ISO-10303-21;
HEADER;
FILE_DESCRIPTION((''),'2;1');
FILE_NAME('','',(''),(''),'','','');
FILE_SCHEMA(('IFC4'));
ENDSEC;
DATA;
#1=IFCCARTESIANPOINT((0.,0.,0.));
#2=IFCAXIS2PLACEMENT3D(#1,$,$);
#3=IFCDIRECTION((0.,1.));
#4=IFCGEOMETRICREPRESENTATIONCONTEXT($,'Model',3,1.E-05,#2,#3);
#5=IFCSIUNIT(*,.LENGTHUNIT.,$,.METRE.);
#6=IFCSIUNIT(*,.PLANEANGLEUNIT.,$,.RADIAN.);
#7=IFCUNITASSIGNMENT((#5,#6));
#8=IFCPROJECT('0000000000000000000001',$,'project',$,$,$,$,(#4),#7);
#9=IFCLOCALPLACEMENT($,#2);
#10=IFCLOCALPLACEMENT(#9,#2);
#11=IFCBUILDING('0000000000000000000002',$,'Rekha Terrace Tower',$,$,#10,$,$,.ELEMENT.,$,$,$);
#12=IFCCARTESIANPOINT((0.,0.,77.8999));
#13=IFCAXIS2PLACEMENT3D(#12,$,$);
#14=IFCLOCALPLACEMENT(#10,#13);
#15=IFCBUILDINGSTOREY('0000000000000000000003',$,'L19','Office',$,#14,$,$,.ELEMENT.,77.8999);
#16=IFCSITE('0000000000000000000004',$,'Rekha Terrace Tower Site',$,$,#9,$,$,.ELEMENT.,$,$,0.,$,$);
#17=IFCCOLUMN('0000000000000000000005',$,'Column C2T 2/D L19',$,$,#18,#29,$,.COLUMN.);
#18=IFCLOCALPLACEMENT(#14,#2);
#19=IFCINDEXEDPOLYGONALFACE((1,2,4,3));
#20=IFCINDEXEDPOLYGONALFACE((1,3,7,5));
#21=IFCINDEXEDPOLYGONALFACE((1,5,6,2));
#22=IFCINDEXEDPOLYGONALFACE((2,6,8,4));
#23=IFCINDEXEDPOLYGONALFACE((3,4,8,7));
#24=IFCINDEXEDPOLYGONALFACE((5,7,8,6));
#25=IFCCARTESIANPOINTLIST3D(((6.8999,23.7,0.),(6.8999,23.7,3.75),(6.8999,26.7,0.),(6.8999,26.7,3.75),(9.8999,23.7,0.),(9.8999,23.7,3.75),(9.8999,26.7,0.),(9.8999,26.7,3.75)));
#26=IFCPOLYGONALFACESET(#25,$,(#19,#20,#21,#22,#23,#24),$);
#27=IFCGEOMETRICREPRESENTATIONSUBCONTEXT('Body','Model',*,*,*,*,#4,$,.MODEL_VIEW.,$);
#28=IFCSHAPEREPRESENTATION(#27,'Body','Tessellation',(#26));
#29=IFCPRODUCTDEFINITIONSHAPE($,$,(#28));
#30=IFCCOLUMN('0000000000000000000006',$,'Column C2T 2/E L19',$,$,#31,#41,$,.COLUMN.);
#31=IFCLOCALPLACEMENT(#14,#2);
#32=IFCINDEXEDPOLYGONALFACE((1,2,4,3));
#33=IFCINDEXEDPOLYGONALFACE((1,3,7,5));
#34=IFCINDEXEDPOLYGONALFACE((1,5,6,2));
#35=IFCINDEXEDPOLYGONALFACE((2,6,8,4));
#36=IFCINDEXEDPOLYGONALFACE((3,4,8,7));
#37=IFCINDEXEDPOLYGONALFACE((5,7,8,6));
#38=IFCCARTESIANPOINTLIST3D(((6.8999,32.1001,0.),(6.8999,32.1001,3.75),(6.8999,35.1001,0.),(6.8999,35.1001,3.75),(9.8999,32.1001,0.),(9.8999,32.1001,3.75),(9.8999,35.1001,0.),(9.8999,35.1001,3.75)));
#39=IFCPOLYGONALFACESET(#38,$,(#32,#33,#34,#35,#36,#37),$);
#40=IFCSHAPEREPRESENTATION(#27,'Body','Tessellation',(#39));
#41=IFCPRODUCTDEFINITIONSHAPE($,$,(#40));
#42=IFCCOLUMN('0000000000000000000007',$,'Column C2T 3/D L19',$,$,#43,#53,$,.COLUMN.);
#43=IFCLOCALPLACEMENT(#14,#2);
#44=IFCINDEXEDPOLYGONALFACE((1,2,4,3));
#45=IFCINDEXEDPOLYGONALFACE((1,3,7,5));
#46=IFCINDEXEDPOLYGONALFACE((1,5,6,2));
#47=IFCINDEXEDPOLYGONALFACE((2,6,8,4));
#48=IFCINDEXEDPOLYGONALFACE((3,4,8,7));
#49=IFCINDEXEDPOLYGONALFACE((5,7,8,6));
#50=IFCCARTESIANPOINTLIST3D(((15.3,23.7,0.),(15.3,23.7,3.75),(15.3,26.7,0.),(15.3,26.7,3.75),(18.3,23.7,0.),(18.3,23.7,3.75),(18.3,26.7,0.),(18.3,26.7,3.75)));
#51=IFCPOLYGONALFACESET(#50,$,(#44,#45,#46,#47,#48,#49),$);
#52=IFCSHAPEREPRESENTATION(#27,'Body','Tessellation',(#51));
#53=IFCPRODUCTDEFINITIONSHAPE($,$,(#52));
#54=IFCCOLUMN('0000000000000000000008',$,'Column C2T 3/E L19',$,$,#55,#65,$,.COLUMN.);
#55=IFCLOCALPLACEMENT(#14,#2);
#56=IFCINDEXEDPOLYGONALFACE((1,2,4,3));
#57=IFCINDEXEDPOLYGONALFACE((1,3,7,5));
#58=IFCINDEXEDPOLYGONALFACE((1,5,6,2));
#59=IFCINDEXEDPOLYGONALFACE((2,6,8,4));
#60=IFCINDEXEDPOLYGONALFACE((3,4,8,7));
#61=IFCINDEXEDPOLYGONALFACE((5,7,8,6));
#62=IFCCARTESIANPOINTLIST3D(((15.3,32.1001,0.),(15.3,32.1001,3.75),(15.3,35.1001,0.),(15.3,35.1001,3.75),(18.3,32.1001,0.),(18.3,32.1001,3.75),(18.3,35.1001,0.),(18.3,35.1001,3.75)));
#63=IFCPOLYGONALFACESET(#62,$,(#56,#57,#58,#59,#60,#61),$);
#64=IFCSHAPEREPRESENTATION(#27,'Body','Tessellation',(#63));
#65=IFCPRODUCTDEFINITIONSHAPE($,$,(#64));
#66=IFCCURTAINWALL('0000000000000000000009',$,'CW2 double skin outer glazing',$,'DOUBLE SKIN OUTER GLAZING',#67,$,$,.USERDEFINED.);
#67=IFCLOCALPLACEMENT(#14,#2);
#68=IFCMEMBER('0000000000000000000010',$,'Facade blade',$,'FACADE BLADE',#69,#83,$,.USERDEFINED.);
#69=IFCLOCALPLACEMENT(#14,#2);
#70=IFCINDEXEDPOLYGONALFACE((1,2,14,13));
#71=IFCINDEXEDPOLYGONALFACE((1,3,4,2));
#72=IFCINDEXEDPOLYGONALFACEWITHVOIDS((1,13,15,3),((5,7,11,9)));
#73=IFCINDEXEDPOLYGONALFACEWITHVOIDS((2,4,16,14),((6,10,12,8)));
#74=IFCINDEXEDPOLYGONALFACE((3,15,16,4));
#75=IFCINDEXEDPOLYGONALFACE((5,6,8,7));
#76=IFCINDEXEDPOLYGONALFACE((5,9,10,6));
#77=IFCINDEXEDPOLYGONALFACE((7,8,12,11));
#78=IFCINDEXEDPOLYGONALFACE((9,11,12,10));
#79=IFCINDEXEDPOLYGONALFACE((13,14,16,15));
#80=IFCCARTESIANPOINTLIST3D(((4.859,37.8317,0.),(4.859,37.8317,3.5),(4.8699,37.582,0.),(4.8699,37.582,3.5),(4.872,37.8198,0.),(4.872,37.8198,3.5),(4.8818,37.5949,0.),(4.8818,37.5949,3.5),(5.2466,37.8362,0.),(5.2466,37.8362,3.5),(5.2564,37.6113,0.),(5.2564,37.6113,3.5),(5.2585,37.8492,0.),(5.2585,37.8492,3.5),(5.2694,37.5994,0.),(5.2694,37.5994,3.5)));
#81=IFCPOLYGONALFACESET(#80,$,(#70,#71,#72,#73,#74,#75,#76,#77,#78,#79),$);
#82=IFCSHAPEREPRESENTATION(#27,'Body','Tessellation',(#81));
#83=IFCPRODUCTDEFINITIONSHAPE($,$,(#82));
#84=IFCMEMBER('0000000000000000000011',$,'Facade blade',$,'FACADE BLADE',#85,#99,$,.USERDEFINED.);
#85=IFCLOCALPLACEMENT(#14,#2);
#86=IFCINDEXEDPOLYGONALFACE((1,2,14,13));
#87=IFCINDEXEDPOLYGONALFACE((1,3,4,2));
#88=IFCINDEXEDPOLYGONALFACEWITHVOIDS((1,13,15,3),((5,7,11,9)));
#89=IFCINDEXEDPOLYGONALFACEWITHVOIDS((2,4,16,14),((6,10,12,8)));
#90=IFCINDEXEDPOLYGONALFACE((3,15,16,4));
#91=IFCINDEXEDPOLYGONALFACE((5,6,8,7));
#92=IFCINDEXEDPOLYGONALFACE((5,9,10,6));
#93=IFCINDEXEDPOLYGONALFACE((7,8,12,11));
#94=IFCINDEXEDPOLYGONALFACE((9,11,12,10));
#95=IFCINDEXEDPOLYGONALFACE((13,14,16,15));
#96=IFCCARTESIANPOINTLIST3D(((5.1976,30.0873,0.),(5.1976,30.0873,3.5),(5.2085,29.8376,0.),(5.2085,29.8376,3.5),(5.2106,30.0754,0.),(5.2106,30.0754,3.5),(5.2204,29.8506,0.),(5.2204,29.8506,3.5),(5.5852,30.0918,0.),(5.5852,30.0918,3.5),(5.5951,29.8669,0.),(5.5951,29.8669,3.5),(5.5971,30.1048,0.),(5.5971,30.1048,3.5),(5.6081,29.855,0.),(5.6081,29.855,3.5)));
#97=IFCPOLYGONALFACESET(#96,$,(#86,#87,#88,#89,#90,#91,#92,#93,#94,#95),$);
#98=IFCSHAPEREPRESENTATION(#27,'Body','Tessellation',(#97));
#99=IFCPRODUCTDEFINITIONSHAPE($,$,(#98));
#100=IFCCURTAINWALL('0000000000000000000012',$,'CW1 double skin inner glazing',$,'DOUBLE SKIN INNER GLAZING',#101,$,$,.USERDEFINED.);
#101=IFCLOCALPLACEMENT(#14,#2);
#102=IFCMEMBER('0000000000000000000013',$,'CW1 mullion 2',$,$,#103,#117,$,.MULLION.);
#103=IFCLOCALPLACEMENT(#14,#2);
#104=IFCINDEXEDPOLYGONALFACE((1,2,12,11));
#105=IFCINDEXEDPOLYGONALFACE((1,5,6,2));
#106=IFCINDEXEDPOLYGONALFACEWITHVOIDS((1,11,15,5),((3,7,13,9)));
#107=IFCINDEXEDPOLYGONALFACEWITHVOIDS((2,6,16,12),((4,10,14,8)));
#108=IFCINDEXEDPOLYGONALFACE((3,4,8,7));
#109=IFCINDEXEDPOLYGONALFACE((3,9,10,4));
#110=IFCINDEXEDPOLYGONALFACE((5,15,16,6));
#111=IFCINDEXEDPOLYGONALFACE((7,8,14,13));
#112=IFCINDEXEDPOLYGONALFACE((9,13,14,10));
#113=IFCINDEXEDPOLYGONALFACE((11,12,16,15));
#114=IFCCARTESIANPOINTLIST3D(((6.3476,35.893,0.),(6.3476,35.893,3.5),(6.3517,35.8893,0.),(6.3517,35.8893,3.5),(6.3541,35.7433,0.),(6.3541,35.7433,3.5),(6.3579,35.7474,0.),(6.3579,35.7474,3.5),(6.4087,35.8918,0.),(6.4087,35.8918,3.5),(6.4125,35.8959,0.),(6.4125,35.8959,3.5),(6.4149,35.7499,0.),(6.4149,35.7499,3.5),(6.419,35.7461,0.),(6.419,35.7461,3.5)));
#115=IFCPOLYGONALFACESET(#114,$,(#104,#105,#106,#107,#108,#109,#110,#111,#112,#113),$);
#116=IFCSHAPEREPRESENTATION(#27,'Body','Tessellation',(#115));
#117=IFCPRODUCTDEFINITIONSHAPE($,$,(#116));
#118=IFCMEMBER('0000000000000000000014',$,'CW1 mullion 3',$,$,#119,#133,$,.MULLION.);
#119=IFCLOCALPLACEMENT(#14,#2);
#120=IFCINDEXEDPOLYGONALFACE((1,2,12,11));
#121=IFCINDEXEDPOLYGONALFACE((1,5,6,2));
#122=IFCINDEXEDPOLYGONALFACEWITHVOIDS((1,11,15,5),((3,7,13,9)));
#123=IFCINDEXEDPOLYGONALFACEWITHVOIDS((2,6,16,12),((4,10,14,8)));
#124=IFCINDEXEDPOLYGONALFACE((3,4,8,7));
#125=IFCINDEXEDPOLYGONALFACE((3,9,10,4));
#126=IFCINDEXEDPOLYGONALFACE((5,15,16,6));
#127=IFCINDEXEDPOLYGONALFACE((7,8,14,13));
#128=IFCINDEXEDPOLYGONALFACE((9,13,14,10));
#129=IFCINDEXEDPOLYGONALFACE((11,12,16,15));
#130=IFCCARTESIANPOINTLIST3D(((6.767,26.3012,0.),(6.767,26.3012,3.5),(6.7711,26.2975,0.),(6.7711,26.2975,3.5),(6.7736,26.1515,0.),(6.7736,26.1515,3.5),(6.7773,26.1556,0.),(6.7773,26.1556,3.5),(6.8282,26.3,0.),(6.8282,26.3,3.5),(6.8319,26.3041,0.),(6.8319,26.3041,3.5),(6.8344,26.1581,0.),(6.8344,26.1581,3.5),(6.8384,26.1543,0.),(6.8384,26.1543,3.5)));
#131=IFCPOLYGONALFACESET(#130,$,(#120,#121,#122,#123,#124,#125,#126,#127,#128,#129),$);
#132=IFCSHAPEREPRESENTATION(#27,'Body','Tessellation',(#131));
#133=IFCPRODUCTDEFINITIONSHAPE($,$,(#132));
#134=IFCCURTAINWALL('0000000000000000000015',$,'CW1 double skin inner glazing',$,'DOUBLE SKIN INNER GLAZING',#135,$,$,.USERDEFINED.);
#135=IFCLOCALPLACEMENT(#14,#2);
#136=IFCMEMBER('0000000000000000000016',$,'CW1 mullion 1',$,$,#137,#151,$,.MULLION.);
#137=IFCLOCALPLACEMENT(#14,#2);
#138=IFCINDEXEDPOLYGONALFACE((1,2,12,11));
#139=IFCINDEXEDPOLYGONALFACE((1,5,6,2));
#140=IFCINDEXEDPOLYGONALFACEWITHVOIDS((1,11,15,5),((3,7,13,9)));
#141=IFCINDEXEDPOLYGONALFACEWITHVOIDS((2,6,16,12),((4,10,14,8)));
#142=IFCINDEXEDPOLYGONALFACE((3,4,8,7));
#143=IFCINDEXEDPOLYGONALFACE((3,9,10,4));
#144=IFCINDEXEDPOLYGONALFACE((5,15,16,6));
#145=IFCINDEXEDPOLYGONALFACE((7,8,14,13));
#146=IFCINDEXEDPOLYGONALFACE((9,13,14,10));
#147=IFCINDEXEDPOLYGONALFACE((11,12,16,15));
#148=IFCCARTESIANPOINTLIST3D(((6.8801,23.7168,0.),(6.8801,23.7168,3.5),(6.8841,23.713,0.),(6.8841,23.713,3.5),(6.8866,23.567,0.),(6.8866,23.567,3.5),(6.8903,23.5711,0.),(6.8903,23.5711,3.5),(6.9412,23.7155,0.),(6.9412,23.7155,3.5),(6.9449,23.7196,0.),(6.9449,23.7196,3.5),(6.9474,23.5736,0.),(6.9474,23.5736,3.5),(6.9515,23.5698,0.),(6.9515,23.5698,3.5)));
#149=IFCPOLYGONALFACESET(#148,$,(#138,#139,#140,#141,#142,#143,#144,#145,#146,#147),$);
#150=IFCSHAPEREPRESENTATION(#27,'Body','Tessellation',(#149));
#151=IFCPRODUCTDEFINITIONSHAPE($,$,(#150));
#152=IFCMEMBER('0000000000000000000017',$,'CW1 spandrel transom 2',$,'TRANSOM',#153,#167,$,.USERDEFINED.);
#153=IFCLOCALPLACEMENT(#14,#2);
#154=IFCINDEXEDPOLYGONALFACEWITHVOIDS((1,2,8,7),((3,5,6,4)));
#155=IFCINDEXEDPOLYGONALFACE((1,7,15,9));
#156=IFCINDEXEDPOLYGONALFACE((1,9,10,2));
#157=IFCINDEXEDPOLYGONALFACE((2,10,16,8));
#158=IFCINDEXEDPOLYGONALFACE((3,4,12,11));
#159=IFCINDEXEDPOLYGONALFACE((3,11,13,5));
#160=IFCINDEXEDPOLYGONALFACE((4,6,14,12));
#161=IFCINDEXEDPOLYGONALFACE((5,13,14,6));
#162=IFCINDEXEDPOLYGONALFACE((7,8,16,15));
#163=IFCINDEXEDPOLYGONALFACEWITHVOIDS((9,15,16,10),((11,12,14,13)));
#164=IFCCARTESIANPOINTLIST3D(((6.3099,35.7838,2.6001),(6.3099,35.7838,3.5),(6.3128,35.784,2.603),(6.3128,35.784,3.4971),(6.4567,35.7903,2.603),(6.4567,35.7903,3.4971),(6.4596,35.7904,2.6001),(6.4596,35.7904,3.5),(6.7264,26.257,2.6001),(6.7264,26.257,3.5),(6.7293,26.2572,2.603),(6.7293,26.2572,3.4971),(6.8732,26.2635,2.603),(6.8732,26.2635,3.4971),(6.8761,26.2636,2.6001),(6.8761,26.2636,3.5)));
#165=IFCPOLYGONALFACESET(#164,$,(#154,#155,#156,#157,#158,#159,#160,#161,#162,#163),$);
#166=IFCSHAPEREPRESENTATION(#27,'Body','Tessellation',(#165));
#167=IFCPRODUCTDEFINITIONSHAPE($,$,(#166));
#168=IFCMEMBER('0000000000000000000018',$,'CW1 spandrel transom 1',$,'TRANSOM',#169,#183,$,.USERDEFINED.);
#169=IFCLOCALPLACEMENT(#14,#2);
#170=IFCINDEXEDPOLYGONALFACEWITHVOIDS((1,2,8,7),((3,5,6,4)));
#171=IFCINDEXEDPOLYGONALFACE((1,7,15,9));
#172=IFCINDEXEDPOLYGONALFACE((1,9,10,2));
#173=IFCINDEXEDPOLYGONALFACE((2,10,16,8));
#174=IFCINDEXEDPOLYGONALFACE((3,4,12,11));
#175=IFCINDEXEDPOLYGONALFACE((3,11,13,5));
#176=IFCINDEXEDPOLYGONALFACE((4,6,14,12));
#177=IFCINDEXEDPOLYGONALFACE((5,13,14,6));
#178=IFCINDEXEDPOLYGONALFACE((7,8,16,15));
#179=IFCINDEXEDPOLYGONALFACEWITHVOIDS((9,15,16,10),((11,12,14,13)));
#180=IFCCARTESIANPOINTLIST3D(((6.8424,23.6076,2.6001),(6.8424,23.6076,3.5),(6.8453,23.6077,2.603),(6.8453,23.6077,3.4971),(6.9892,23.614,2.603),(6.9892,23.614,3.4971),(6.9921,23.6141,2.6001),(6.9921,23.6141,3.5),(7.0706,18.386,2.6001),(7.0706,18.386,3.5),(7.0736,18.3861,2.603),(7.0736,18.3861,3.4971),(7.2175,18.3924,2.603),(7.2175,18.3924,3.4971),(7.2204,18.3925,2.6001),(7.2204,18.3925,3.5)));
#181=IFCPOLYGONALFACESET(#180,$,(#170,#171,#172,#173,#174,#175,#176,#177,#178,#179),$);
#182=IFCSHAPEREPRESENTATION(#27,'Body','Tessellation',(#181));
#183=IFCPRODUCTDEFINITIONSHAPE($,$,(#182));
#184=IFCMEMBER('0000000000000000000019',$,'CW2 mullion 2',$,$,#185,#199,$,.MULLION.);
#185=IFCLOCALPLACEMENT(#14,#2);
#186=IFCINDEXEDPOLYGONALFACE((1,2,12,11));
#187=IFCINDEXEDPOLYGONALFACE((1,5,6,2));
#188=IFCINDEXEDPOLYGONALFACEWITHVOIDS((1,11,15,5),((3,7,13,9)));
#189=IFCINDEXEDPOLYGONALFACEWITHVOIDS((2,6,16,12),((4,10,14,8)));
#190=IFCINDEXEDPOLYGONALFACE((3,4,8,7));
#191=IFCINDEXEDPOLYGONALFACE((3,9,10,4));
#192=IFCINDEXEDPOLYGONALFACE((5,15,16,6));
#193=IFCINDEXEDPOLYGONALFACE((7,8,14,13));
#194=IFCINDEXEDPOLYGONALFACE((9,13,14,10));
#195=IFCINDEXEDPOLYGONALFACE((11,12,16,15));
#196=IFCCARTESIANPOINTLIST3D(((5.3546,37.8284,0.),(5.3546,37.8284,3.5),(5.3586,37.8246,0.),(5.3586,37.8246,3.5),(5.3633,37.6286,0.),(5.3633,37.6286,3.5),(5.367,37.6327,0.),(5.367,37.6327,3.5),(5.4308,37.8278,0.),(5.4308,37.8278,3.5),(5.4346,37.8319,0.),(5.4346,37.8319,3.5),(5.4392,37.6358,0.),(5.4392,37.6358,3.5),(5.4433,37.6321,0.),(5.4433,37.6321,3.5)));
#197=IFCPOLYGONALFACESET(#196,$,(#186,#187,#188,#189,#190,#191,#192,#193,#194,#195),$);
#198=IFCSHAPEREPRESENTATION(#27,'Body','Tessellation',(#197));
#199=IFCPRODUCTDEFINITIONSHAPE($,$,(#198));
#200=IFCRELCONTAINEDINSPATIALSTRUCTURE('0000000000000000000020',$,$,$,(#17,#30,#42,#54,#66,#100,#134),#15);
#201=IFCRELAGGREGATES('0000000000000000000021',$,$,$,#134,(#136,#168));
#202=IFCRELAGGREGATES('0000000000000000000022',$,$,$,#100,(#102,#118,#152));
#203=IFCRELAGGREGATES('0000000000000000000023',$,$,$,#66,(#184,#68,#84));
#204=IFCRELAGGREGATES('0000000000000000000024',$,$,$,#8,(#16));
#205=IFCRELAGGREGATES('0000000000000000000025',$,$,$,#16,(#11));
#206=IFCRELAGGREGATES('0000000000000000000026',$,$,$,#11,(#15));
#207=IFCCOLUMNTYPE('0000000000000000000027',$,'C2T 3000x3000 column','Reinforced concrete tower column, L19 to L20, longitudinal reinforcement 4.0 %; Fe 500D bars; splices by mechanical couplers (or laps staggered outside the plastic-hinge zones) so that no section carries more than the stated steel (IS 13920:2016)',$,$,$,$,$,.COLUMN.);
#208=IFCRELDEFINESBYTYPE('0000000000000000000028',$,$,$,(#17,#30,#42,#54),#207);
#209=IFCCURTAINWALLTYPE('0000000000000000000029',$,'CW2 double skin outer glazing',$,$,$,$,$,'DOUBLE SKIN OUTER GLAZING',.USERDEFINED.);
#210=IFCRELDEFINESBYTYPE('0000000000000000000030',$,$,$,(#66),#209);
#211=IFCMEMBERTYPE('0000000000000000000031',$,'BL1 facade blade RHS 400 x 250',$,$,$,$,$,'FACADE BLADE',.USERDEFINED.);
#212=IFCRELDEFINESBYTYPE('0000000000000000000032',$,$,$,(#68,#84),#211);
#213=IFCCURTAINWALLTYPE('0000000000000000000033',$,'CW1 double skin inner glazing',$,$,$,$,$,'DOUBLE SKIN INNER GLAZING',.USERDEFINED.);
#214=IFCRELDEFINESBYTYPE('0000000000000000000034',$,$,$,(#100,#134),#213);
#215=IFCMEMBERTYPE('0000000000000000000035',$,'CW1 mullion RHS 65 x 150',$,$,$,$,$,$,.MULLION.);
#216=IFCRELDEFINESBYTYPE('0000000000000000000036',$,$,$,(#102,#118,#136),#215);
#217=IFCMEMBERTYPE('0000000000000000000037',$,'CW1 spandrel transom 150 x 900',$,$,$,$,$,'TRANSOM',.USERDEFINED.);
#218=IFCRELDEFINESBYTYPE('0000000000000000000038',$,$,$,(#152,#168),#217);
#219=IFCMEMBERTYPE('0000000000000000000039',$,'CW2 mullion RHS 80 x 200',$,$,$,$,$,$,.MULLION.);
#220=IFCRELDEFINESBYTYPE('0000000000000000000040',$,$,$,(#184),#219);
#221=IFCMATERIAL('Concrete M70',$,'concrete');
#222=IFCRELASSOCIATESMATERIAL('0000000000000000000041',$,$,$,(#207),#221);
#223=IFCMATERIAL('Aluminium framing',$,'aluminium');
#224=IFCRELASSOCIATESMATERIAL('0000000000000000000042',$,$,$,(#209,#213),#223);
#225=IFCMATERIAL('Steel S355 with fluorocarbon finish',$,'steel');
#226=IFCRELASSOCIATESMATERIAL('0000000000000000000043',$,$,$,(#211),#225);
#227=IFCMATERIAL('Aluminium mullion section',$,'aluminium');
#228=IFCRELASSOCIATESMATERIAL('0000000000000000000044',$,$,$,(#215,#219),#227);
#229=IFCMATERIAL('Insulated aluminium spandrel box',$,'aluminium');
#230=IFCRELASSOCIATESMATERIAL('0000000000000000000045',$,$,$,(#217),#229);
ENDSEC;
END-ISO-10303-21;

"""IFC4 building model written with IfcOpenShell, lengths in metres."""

from ifc_helpers import new_model, si_unit, direction, frame, origin, origin_2d, place, context, subcontext, project, spatial, rectangle, hollow_rectangle, extrude, material, material_profile, profile_set, type_object, element, aggregate, save


model = new_model("IFC4")

# Units and contexts
model_context = context("Model", 3, precision=1e-05, world=origin(), true_north=direction((0.0, 1.0)))
body_context = subcontext(model_context, "Body", "Model", "MODEL_VIEW")
ifc_project = project(units=[si_unit("LENGTHUNIT", "METRE"), si_unit("PLANEANGLEUNIT", "RADIAN")], contexts=[model_context])

# Site, building, storey
site_placement = place(None, origin())
site = spatial("IfcSite", under=ifc_project, at=site_placement, Name="Rekha Terrace Tower Site", CompositionType="ELEMENT", RefElevation=0.0)
building_placement = place(site_placement, origin())
building = spatial("IfcBuilding", under=site, at=building_placement, Name="Rekha Terrace Tower", CompositionType="ELEMENT")
storey_placement = place(building_placement, frame((0.0, 0.0, 77.8999)))
storey = spatial("IfcBuildingStorey", under=building, at=storey_placement, Name="L19", Description="Office", CompositionType="ELEMENT", Elevation=77.8999)

# Columns
ifc_material_1 = material(Name="Concrete M70", Category="concrete")
ifc_material_profile_1 = material_profile(ifc_material_1, rectangle(XDim=3.0, YDim=3.0, at=origin_2d()), Name="RC 3000x3000")
ifc_profile_set_1 = profile_set([ifc_material_profile_1], Name="Concrete M70")
column_type = type_object("IfcColumnType", Name="C2T 3000x3000 column", Description="Reinforced concrete tower column, L19 to L20, longitudinal reinforcement 4.0 %; Fe 500D bars; splices by mechanical couplers (or laps staggered outside the plastic-hinge zones) so that no section carries more than the stated steel (IS 13920:2016)", PredefinedType="COLUMN", material=ifc_profile_set_1)
for number, where, z_axis, x_axis, name in (
    (1, (8.3999, 25.2, 0.0), (0.0, 0.0, 1.0), (1.0, 0.0, 0.0), "Column C2T 2/D L19"),
    (2, (8.3999, 33.6001, 0.0), (0.0, 0.0, 1.0), (1.0, 0.0, 0.0), "Column C2T 2/E L19"),
    (3, (16.8, 25.2, 0.0), (0.0, 0.0, 1.0), (1.0, 0.0, 0.0), "Column C2T 3/D L19"),
    (4, (16.8, 33.6001, 0.0), (0.0, 0.0, 1.0), (1.0, 0.0, 0.0), "Column C2T 3/E L19"),
):
    element("IfcColumn", number, at=place(storey_placement, frame(where, z_axis=z_axis, x_axis=x_axis)), inside=storey, type_object=column_type, Name=name, PredefinedType="COLUMN", context=body_context, shape_type="SweptSolid", body=[
        extrude(rectangle(XDim=3.0, YDim=3.0, at=origin_2d()), origin(), (0.0, 0.0, 1.0), 3.75),
    ])

# Curtain walls, members
ifc_material_2 = material(Name="Aluminium framing", Category="aluminium")
curtain_wall_type_1 = type_object("IfcCurtainWallType", Name="CW2 double skin outer glazing", ElementType="DOUBLE SKIN OUTER GLAZING", PredefinedType="USERDEFINED", material=ifc_material_2)
curtain_wall_1_placement = place(storey_placement, origin())
curtain_wall_1 = element("IfcCurtainWall", 5, at=curtain_wall_1_placement, inside=storey, type_object=curtain_wall_type_1, Name="CW2 double skin outer glazing", ObjectType="DOUBLE SKIN OUTER GLAZING", PredefinedType="USERDEFINED")
ifc_material_3 = material(Name="Steel S355 with fluorocarbon finish", Category="steel")
ifc_material_profile_2 = material_profile(ifc_material_3, hollow_rectangle(XDim=0.25, YDim=0.3999, WallThickness=0.0125, at=origin_2d()), Name="RHS400x250x12.5")
ifc_profile_set_2 = profile_set([ifc_material_profile_2], Name="Steel S355 with fluorocarbon finish")
member_type_1 = type_object("IfcMemberType", Name="BL1 facade blade RHS 400 x 250", ElementType="FACADE BLADE", PredefinedType="USERDEFINED", material=ifc_profile_set_2)
member_1_placement = place(storey_placement, frame((5.0642, 37.7156, 0.0), z_axis=(0.0, 0.0, 1.0), x_axis=(0.043682, -0.999045, 0.0)))
member_1 = element("IfcMember", 6, at=member_1_placement, type_object=member_type_1, Name="Facade blade", ObjectType="FACADE BLADE", PredefinedType="USERDEFINED", context=body_context, shape_type="SweptSolid", body=[
    extrude(hollow_rectangle(XDim=0.25, YDim=0.3999, WallThickness=0.0125, at=origin_2d()), origin(), (0.0, 0.0, 1.0), 3.5),
])
member_2_placement = place(storey_placement, frame((5.4028, 29.9712, 0.0), z_axis=(0.0, 0.0, 1.0), x_axis=(0.043682, -0.999045, 0.0)))
member_2 = element("IfcMember", 7, at=member_2_placement, type_object=member_type_1, Name="Facade blade", ObjectType="FACADE BLADE", PredefinedType="USERDEFINED", context=body_context, shape_type="SweptSolid", body=[
    extrude(hollow_rectangle(XDim=0.25, YDim=0.3999, WallThickness=0.0125, at=origin_2d()), origin(), (0.0, 0.0, 1.0), 3.5),
])
curtain_wall_type_2 = type_object("IfcCurtainWallType", Name="CW1 double skin inner glazing", ElementType="DOUBLE SKIN INNER GLAZING", PredefinedType="USERDEFINED", material=ifc_material_2)
curtain_wall_2_placement = place(storey_placement, origin())
curtain_wall_2 = element("IfcCurtainWall", 8, at=curtain_wall_2_placement, inside=storey, type_object=curtain_wall_type_2, Name="CW1 double skin inner glazing", ObjectType="DOUBLE SKIN INNER GLAZING", PredefinedType="USERDEFINED")
ifc_material_4 = material(Name="Aluminium mullion section", Category="aluminium")
ifc_material_profile_3 = material_profile(ifc_material_4, hollow_rectangle(XDim=0.0649, YDim=0.1499, WallThickness=0.0039, at=origin_2d()), Name="AL RHS 65x150")
ifc_profile_set_3 = profile_set([ifc_material_profile_3], Name="Aluminium mullion section")
member_type_2 = type_object("IfcMemberType", Name="CW1 mullion RHS 65 x 150", PredefinedType="MULLION", material=ifc_profile_set_3)
member_3_placement = place(storey_placement, frame((6.3833, 35.8196, 0.0), z_axis=(0.0, 0.0, 1.0), x_axis=(0.999045, 0.043683, 0.0)))
member_3 = element("IfcMember", 9, at=member_3_placement, type_object=member_type_2, Name="CW1 mullion 2", PredefinedType="MULLION", context=body_context, shape_type="SweptSolid", body=[
    extrude(hollow_rectangle(XDim=0.0649, YDim=0.1499, WallThickness=0.0039, at=origin_2d()), origin(), (0.0, 0.0, 1.0), 3.5),
])
member_4_placement = place(storey_placement, frame((6.8027, 26.2278, 0.0), z_axis=(0.0, 0.0, 1.0), x_axis=(0.999045, 0.043683, 0.0)))
member_4 = element("IfcMember", 10, at=member_4_placement, type_object=member_type_2, Name="CW1 mullion 3", PredefinedType="MULLION", context=body_context, shape_type="SweptSolid", body=[
    extrude(hollow_rectangle(XDim=0.0649, YDim=0.1499, WallThickness=0.0039, at=origin_2d()), origin(), (0.0, 0.0, 1.0), 3.5),
])

# Curtain wall, member
curtain_wall_3_placement = place(storey_placement, origin())
curtain_wall_3 = element("IfcCurtainWall", 11, at=curtain_wall_3_placement, inside=storey, type_object=curtain_wall_type_2, Name="CW1 double skin inner glazing", ObjectType="DOUBLE SKIN INNER GLAZING", PredefinedType="USERDEFINED")
member_5_placement = place(storey_placement, frame((6.9158, 23.6433, 0.0), z_axis=(0.0, 0.0, 1.0), x_axis=(0.999045, 0.043683, 0.0)))
member_5 = element("IfcMember", 12, at=member_5_placement, type_object=member_type_2, Name="CW1 mullion 1", PredefinedType="MULLION", context=body_context, shape_type="SweptSolid", body=[
    extrude(hollow_rectangle(XDim=0.0649, YDim=0.1499, WallThickness=0.0039, at=origin_2d()), origin(), (0.0, 0.0, 1.0), 3.5),
])

# Members
ifc_material_5 = material(Name="Insulated aluminium spandrel box", Category="aluminium")
ifc_material_profile_4 = material_profile(ifc_material_5, hollow_rectangle(XDim=0.1499, YDim=0.8999, WallThickness=0.0029, at=origin_2d()), Name="AL SPANDREL BOX 150x900")
ifc_profile_set_4 = profile_set([ifc_material_profile_4], Name="Insulated aluminium spandrel box")
member_type_3 = type_object("IfcMemberType", Name="CW1 spandrel transom 150 x 900", ElementType="TRANSOM", PredefinedType="USERDEFINED", material=ifc_profile_set_4)
member_6_placement = place(storey_placement, frame((6.3848, 35.7871, 3.05), z_axis=(0.043677, -0.999046, 0.0), x_axis=(0.999046, 0.043677, 0.0)))
member_6 = element("IfcMember", 13, at=member_6_placement, type_object=member_type_3, Name="CW1 spandrel transom 2", ObjectType="TRANSOM", PredefinedType="USERDEFINED", context=body_context, shape_type="SweptSolid", body=[
    extrude(hollow_rectangle(XDim=0.1499, YDim=0.8999, WallThickness=0.0029, at=origin_2d()), origin(), (0.0, 0.0, 1.0), 9.5359),
])
member_7_placement = place(storey_placement, frame((6.9172, 23.6108, 3.05), z_axis=(0.043674, -0.999046, 0.0), x_axis=(0.999046, 0.043674, 0.0)))
member_7 = element("IfcMember", 14, at=member_7_placement, type_object=member_type_3, Name="CW1 spandrel transom 1", ObjectType="TRANSOM", PredefinedType="USERDEFINED", context=body_context, shape_type="SweptSolid", body=[
    extrude(hollow_rectangle(XDim=0.1499, YDim=0.8999, WallThickness=0.0029, at=origin_2d()), origin(), (0.0, 0.0, 1.0), 5.2266),
])
aggregate(curtain_wall_3, [member_5, member_7])
ifc_material_profile_5 = material_profile(ifc_material_4, hollow_rectangle(XDim=0.0801, YDim=0.2, WallThickness=0.0039, at=origin_2d()), Name="AL RHS 80x200")
ifc_profile_set_5 = profile_set([ifc_material_profile_5], Name="Aluminium mullion section")
member_type_4 = type_object("IfcMemberType", Name="CW2 mullion RHS 80 x 200", PredefinedType="MULLION", material=ifc_profile_set_5)
member_8_placement = place(storey_placement, frame((5.3989, 37.7302, 0.0), z_axis=(0.0, 0.0, 1.0), x_axis=(0.999045, 0.043683, 0.0)))
member_8 = element("IfcMember", 15, at=member_8_placement, type_object=member_type_4, Name="CW2 mullion 2", PredefinedType="MULLION", context=body_context, shape_type="SweptSolid", body=[
    extrude(hollow_rectangle(XDim=0.0801, YDim=0.2, WallThickness=0.0039, at=origin_2d()), origin(), (0.0, 0.0, 1.0), 3.5),
])

aggregate(curtain_wall_2, [member_3, member_4, member_6])
aggregate(curtain_wall_1, [member_8, member_1, member_2])

save(model, "model.ifc")
